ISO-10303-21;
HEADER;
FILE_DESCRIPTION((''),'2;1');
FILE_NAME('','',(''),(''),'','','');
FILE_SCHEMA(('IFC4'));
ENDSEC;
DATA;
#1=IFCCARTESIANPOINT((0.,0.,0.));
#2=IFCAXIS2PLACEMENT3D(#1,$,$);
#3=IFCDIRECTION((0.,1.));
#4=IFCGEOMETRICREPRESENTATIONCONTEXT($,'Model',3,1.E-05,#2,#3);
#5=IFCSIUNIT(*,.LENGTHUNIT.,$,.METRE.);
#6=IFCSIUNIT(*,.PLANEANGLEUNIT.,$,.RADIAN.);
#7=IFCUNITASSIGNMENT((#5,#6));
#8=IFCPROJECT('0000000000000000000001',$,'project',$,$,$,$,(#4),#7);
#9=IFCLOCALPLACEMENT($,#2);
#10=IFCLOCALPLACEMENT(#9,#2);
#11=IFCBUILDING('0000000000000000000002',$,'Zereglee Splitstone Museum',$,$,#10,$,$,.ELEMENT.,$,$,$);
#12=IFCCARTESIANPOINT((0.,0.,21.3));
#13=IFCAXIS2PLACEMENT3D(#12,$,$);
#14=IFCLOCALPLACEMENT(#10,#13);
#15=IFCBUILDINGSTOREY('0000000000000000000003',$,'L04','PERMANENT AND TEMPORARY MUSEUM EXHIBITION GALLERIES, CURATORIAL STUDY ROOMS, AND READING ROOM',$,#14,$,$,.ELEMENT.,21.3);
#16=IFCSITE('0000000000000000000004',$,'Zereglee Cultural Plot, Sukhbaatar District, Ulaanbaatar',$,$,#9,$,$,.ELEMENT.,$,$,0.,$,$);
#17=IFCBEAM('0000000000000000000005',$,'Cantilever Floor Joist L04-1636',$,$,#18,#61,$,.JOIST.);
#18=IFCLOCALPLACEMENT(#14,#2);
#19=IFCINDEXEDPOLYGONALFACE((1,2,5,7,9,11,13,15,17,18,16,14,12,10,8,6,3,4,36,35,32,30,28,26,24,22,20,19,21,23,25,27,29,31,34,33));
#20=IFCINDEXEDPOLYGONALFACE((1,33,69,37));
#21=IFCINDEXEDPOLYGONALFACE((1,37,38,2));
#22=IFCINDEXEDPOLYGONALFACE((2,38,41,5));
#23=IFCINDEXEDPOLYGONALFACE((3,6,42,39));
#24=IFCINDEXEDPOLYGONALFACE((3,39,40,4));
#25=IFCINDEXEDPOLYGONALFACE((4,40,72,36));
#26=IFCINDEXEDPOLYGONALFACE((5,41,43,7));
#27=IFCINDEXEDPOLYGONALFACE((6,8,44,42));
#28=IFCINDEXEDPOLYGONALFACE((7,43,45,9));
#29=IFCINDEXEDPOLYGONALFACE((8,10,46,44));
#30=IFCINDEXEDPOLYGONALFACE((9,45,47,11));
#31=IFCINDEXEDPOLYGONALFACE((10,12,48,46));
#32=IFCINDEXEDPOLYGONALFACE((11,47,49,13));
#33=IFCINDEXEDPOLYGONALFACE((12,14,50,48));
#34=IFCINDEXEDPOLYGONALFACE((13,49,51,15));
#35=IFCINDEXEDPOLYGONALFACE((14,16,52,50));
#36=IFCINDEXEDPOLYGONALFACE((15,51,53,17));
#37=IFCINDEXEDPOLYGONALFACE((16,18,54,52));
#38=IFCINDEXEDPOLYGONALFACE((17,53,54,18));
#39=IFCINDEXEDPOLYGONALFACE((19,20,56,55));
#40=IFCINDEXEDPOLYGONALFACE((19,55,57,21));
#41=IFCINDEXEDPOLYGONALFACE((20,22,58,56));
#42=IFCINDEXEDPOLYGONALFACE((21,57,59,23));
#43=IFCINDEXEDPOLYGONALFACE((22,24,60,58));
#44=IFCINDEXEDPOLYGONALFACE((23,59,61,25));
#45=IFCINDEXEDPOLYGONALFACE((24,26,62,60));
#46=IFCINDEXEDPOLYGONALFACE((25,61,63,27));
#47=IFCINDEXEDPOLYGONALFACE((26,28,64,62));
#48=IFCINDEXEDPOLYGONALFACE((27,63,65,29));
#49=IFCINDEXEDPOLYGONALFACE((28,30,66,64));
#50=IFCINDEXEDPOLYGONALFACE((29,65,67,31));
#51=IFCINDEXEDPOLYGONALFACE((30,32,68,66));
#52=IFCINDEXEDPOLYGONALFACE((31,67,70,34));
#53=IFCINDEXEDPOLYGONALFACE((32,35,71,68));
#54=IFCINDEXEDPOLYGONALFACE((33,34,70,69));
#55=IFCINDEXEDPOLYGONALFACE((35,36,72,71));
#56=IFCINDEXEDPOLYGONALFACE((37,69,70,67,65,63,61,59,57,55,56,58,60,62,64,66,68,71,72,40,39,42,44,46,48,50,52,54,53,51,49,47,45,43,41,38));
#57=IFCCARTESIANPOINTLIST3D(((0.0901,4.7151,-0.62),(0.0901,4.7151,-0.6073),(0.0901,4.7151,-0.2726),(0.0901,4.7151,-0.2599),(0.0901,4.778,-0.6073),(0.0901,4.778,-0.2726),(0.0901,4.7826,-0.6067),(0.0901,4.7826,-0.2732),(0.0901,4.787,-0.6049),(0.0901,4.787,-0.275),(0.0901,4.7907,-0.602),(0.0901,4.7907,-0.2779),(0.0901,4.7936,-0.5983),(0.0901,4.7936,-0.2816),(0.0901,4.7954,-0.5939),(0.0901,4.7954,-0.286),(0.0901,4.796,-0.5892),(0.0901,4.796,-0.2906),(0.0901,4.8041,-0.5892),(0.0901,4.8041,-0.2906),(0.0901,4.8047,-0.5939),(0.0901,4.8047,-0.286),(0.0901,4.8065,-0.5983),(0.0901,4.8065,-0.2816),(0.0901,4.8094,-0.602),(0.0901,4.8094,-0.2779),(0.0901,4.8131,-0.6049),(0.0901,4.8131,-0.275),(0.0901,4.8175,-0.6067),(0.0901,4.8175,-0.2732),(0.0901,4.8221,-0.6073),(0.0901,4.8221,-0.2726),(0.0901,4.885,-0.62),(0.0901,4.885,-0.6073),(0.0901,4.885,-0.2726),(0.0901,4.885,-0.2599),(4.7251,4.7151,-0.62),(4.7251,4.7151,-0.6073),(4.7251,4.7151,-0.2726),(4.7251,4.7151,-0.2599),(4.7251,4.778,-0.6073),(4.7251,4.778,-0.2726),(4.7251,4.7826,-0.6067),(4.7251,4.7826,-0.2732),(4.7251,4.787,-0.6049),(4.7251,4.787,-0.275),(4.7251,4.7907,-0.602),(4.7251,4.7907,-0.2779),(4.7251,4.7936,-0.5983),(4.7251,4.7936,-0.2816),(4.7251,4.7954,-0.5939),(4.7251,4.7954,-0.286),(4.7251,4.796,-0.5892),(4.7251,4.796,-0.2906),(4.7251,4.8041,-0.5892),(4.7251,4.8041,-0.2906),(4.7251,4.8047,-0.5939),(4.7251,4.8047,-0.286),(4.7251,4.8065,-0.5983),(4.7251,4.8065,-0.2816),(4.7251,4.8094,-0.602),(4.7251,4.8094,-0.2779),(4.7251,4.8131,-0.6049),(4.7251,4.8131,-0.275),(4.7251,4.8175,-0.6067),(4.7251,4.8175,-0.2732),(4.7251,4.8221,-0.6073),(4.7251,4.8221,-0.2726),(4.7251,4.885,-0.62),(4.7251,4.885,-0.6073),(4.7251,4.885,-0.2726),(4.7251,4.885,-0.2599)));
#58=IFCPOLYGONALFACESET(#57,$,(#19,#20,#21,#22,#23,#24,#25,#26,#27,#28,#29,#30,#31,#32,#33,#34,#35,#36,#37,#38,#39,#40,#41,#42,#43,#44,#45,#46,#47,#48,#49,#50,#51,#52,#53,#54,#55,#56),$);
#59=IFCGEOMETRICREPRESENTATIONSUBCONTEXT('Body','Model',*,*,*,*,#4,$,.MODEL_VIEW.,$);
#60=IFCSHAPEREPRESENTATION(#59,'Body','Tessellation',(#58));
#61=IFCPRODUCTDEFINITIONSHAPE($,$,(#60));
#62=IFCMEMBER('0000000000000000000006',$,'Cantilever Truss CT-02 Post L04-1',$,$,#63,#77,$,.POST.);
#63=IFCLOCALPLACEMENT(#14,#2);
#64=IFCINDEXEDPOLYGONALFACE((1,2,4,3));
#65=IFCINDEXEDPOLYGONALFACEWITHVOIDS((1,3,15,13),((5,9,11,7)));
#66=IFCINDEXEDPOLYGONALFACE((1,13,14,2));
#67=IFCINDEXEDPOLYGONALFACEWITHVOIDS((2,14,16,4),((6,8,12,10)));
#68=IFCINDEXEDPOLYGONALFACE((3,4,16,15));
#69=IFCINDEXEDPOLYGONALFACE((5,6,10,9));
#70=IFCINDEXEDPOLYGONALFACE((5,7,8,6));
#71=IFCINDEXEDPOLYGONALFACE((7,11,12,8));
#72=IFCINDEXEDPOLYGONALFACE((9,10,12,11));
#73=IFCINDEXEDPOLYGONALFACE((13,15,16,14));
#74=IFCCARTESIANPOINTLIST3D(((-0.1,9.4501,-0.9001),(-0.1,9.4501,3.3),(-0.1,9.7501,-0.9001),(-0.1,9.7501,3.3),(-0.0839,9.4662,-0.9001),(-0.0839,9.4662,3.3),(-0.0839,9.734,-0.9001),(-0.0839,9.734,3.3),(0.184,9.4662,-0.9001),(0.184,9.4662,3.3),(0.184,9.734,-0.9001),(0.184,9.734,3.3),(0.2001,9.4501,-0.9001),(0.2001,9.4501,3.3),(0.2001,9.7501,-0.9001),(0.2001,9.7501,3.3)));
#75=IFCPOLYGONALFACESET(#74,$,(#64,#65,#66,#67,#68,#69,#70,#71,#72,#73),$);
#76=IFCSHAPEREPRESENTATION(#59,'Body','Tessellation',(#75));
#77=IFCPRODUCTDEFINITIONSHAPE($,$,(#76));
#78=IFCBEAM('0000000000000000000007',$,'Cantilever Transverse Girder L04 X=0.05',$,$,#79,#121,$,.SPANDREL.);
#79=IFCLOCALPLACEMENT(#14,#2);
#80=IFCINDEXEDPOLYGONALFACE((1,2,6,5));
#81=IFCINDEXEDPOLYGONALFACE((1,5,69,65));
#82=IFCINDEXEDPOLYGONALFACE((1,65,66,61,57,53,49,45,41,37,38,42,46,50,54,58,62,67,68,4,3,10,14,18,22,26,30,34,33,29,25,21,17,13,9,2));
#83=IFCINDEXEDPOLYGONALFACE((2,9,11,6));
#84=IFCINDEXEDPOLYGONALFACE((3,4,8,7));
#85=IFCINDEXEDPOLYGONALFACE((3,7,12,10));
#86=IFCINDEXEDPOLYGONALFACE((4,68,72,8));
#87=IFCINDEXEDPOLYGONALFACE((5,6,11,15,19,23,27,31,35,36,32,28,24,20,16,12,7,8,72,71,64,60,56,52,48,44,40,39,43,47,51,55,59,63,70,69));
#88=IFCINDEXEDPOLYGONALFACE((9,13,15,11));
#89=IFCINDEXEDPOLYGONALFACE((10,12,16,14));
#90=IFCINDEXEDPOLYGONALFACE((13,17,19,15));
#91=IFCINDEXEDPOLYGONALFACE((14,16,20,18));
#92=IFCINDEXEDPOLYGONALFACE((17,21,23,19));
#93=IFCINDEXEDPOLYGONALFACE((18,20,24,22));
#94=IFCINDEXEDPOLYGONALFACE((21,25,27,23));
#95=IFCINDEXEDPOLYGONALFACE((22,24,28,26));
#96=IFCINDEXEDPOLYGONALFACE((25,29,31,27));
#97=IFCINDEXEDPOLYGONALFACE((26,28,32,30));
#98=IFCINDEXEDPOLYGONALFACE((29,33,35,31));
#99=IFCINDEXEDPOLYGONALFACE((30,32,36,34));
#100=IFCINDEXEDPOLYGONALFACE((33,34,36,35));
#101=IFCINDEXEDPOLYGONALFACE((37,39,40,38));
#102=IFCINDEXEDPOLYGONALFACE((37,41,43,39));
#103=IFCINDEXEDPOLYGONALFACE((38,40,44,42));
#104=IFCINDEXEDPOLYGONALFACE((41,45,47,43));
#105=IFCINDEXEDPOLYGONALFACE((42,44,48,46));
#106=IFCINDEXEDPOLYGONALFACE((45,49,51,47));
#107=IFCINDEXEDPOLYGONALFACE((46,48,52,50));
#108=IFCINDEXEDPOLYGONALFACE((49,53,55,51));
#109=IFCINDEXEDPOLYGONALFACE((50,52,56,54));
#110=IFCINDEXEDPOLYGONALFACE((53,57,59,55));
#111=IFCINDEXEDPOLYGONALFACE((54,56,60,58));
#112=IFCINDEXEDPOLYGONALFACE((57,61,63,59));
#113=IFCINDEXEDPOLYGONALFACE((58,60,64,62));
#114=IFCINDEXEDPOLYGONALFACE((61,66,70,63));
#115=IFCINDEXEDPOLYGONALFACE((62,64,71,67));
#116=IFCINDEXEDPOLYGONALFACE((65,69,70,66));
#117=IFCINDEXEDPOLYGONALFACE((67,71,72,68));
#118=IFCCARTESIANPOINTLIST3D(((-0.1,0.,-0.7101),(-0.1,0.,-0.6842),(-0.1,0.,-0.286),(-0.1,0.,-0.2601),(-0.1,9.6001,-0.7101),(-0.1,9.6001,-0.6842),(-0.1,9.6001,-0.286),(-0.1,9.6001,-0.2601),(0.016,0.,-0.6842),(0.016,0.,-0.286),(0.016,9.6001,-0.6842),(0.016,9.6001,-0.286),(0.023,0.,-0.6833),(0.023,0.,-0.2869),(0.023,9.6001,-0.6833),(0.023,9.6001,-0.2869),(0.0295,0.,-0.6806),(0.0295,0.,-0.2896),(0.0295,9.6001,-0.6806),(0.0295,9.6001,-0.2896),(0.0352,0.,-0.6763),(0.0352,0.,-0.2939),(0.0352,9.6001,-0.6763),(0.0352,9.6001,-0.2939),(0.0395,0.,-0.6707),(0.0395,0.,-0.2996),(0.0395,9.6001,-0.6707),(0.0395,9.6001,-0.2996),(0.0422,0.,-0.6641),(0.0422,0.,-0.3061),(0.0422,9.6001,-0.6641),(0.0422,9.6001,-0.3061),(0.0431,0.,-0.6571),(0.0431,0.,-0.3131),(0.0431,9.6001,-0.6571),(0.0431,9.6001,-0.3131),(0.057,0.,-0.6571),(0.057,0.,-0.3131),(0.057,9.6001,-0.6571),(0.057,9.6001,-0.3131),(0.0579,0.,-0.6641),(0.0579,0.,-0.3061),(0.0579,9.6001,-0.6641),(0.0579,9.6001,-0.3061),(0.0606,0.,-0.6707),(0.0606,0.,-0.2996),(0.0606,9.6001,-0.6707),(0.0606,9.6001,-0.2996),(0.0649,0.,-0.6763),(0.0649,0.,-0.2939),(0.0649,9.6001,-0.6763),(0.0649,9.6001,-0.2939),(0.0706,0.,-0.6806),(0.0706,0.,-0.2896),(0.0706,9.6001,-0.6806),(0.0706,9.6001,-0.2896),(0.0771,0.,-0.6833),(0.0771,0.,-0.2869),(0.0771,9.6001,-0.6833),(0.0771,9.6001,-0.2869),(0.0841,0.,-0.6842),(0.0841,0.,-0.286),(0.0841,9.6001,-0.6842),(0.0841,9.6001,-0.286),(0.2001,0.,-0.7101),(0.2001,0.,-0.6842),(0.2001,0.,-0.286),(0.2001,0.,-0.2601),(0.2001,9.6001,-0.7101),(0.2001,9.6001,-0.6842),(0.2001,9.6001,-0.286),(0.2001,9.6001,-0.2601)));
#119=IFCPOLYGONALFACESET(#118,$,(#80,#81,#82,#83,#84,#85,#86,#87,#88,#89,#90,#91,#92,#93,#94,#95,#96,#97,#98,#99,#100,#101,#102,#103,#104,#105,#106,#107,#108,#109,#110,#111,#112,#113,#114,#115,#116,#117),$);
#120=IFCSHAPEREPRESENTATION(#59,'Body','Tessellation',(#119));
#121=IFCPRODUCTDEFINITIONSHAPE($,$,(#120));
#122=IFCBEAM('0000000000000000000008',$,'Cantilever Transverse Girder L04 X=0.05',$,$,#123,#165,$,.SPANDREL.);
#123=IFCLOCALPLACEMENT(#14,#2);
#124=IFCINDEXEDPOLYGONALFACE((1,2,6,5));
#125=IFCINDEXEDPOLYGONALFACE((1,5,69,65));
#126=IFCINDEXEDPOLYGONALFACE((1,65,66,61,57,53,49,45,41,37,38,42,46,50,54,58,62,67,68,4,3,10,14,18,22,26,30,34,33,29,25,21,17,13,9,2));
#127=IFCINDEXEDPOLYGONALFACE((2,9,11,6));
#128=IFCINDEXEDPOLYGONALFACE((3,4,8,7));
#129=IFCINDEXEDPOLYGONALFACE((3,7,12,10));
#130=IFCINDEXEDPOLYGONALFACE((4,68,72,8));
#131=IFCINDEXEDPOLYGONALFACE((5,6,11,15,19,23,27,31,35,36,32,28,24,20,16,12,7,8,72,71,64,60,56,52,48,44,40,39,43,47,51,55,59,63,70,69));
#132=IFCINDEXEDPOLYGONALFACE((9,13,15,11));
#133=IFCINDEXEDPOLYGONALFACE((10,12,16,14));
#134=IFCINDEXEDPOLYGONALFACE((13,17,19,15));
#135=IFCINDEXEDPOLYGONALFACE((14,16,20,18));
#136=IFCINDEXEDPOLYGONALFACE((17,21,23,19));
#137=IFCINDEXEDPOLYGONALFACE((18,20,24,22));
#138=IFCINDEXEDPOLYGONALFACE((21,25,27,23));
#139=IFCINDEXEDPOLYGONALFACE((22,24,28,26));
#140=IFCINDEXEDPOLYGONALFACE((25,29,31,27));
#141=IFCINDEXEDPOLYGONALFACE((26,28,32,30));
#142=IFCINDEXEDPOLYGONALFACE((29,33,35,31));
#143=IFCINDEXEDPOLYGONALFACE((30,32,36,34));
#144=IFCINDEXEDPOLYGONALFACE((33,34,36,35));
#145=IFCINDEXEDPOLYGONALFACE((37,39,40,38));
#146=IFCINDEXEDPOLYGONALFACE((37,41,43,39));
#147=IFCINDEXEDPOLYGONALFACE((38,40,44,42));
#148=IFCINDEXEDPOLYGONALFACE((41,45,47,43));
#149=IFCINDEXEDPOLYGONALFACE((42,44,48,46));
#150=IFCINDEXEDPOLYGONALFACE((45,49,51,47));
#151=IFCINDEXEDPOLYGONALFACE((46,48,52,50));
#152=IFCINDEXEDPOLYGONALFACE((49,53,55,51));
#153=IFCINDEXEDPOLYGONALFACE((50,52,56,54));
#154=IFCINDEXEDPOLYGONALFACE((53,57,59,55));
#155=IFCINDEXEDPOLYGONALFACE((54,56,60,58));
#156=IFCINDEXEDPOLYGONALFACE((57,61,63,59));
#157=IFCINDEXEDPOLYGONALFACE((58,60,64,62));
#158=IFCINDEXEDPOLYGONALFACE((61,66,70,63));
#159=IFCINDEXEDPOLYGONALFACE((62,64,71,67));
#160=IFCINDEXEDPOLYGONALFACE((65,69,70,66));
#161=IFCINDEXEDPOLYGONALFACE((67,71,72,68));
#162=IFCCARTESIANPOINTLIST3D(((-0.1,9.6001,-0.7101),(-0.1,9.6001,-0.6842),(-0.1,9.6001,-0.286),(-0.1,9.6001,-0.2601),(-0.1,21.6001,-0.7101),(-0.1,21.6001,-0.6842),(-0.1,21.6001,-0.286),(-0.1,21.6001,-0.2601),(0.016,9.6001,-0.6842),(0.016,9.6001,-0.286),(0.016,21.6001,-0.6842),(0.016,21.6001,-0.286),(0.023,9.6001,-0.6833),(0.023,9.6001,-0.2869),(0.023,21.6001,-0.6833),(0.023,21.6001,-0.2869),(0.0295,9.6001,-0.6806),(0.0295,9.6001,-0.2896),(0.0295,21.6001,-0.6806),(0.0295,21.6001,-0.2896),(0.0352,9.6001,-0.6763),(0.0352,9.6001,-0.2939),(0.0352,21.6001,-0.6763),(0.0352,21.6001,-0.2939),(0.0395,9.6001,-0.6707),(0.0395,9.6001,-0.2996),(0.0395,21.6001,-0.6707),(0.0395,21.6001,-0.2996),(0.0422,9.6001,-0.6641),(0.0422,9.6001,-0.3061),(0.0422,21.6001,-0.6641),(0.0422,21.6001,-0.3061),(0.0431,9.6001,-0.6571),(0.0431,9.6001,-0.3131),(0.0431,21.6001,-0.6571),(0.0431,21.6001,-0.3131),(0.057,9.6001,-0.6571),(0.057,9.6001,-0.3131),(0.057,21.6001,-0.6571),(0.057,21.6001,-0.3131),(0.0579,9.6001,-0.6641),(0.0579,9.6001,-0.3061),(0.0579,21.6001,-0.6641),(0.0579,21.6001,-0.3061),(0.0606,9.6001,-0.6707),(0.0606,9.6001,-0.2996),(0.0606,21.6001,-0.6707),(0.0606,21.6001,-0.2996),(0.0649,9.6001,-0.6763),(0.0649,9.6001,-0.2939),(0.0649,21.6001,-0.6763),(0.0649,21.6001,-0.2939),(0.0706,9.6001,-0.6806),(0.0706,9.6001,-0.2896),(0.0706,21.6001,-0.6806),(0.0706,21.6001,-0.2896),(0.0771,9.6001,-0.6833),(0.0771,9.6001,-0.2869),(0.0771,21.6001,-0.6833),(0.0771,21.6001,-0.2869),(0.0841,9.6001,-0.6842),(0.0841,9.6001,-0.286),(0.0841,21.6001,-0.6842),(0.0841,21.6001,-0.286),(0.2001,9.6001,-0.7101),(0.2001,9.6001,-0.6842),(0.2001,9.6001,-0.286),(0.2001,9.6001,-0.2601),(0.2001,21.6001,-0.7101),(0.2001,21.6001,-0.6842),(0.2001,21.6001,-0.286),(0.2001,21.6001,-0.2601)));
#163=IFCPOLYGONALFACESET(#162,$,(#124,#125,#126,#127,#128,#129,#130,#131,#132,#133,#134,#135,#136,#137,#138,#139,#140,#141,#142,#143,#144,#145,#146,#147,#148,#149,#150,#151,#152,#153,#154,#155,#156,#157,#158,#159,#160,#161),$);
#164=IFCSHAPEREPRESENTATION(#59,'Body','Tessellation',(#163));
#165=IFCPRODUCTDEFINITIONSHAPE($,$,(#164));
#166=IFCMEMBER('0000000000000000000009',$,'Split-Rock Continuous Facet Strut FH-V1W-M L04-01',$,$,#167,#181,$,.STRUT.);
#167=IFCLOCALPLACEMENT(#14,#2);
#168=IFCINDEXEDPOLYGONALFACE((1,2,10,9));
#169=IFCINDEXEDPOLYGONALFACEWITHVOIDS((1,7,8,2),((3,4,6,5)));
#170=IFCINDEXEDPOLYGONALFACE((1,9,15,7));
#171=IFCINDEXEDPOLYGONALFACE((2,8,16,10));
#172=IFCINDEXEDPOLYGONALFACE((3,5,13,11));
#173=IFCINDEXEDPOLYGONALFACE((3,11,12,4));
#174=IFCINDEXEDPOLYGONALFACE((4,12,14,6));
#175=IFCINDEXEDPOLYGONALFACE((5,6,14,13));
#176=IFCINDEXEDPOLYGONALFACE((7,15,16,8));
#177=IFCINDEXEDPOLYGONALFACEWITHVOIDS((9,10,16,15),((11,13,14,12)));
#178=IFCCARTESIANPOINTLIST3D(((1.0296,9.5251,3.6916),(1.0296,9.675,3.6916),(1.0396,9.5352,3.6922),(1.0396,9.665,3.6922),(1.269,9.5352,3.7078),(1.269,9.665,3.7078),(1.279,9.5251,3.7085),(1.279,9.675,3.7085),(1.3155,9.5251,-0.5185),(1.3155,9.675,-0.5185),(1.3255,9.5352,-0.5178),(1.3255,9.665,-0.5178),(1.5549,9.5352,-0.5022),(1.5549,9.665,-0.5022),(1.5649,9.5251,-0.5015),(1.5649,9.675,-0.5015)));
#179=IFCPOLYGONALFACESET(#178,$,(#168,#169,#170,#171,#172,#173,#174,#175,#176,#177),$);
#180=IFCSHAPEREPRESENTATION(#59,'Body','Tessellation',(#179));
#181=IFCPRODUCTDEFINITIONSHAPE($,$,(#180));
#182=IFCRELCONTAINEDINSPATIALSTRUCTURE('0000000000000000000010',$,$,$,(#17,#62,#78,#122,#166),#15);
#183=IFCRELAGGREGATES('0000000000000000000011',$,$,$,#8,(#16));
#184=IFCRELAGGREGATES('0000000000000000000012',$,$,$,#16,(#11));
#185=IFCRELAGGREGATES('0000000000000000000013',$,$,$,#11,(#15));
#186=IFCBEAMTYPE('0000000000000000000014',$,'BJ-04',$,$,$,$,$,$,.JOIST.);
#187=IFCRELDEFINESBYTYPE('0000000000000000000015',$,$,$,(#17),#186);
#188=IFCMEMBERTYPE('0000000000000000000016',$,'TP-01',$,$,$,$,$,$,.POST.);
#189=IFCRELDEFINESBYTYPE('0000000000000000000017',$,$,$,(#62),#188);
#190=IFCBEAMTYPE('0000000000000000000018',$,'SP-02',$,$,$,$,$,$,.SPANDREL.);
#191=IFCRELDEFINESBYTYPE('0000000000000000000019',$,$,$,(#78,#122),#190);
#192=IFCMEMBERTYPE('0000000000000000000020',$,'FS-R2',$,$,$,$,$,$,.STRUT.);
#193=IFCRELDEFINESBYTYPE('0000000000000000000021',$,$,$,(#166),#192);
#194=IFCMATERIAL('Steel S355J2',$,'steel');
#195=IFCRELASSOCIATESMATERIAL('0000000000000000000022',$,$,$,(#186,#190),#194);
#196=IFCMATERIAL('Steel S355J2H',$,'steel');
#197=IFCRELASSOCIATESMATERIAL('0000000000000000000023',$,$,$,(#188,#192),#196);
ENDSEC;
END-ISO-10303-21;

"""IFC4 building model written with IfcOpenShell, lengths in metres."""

from ifc_helpers import new_model, si_unit, direction, frame, origin, origin_2d, place, context, subcontext, project, spatial, hollow_rectangle, i_section, extrude, material, material_profile, profile_set, type_object, element, save


model = new_model("IFC4")

# Units and contexts
model_context = context("Model", 3, precision=1e-05, world=origin(), true_north=direction((0.0, 1.0)))
body_context = subcontext(model_context, "Body", "Model", "MODEL_VIEW")
ifc_project = project(units=[si_unit("LENGTHUNIT", "METRE"), si_unit("PLANEANGLEUNIT", "RADIAN")], contexts=[model_context])

# Site, building, storey
site_placement = place(None, origin())
site = spatial("IfcSite", under=ifc_project, at=site_placement, Name="Zereglee Cultural Plot, Sukhbaatar District, Ulaanbaatar", CompositionType="ELEMENT", RefElevation=0.0)
building_placement = place(site_placement, origin())
building = spatial("IfcBuilding", under=site, at=building_placement, Name="Zereglee Splitstone Museum", CompositionType="ELEMENT")
storey_placement = place(building_placement, frame((0.0, 0.0, 21.3)))
storey = spatial("IfcBuildingStorey", under=building, at=storey_placement, Name="L04", Description="PERMANENT AND TEMPORARY MUSEUM EXHIBITION GALLERIES, CURATORIAL STUDY ROOMS, AND READING ROOM", CompositionType="ELEMENT", Elevation=21.3)

# Shared definitions
ifc_material_1 = material(Name="Steel S355J2H", Category="steel")

# Beam
ifc_material_2 = material(Name="Steel S355J2", Category="steel")
ifc_material_profile_1 = material_profile(ifc_material_2, i_section(OverallWidth=0.1699, OverallDepth=0.3601, WebThickness=0.0081, FlangeThickness=0.0127, FilletRadius=0.0181, at=origin_2d()), Name="IPE 360")
ifc_profile_set_1 = profile_set([ifc_material_profile_1], Name="Steel S355J2")
beam_type_1 = type_object("IfcBeamType", Name="BJ-04", PredefinedType="JOIST", material=ifc_profile_set_1)
beam_1_placement = place(storey_placement, frame((0.0901, 4.8, -0.4399), z_axis=(1.0, 0.0, 0.0), x_axis=(0.0, 1.0, 0.0)))
element("IfcBeam", 1, at=beam_1_placement, inside=storey, type_object=beam_type_1, Name="Cantilever Floor Joist L04-1636", PredefinedType="JOIST", context=body_context, shape_type="SweptSolid", body=[
    extrude(i_section(OverallWidth=0.1699, OverallDepth=0.3601, WebThickness=0.0081, FlangeThickness=0.0127, FilletRadius=0.0181, at=origin_2d()), origin(), (0.0, 0.0, 1.0), 4.635),
])

# Member
ifc_material_profile_2 = material_profile(ifc_material_1, hollow_rectangle(XDim=0.3, YDim=0.3, WallThickness=0.0161, at=origin_2d()), Name="SHS 300x300x16")
ifc_profile_set_2 = profile_set([ifc_material_profile_2], Name="Steel S355J2H")
member_type_1 = type_object("IfcMemberType", Name="TP-01", PredefinedType="POST", material=ifc_profile_set_2)
member_1_placement = place(storey_placement, frame((0.05, 9.6001, -0.9001), z_axis=(0.0, 0.0, 1.0), x_axis=(1.0, 0.0, 0.0)))
element("IfcMember", 2, at=member_1_placement, inside=storey, type_object=member_type_1, Name="Cantilever Truss CT-02 Post L04-1", PredefinedType="POST", context=body_context, shape_type="SweptSolid", body=[
    extrude(hollow_rectangle(XDim=0.3, YDim=0.3, WallThickness=0.0161, at=origin_2d()), origin(), (0.0, 0.0, 1.0), 4.2002),
])

# Beams
ifc_material_profile_3 = material_profile(ifc_material_2, i_section(OverallWidth=0.3, OverallDepth=0.45, WebThickness=0.0139, FlangeThickness=0.0259, FilletRadius=0.0271, at=origin_2d()), Name="HE 450 B")
ifc_profile_set_3 = profile_set([ifc_material_profile_3], Name="Steel S355J2")
beam_type_2 = type_object("IfcBeamType", Name="SP-02", PredefinedType="SPANDREL", material=ifc_profile_set_3)
beam_2_placement = place(storey_placement, frame((0.05, 0.0, -0.4851), z_axis=(0.0, 1.0, 0.0), x_axis=(-1.0, 0.0, 0.0)))
element("IfcBeam", 3, at=beam_2_placement, inside=storey, type_object=beam_type_2, Name="Cantilever Transverse Girder L04 X=0.05", PredefinedType="SPANDREL", context=body_context, shape_type="SweptSolid", body=[
    extrude(i_section(OverallWidth=0.3, OverallDepth=0.45, WebThickness=0.0139, FlangeThickness=0.0259, FilletRadius=0.0271, at=origin_2d()), origin(), (0.0, 0.0, 1.0), 9.6001),
])
beam_3_placement = place(storey_placement, frame((0.05, 9.6001, -0.4851), z_axis=(0.0, 1.0, 0.0), x_axis=(-1.0, 0.0, 0.0)))
element("IfcBeam", 4, at=beam_3_placement, inside=storey, type_object=beam_type_2, Name="Cantilever Transverse Girder L04 X=0.05", PredefinedType="SPANDREL", context=body_context, shape_type="SweptSolid", body=[
    extrude(i_section(OverallWidth=0.3, OverallDepth=0.45, WebThickness=0.0139, FlangeThickness=0.0259, FilletRadius=0.0271, at=origin_2d()), origin(), (0.0, 0.0, 1.0), 12.0),
])

# Member
ifc_material_profile_4 = material_profile(ifc_material_1, hollow_rectangle(XDim=0.1499, YDim=0.25, WallThickness=0.01, at=origin_2d()), Name="RHS 250x150x10")
ifc_profile_set_4 = profile_set([ifc_material_profile_4], Name="Steel S355J2H")
member_type_2 = type_object("IfcMemberType", Name="FS-R2", PredefinedType="STRUT", material=ifc_profile_set_4)
member_2_placement = place(storey_placement, frame((1.4402, 9.6001, -0.51), z_axis=(-0.067752, 0.0, 0.997702), x_axis=(0.0, -1.0, 0.0)))
element("IfcMember", 5, at=member_2_placement, inside=storey, type_object=member_type_2, Name="Split-Rock Continuous Facet Strut FH-V1W-M L04-01", PredefinedType="STRUT", context=body_context, shape_type="SweptSolid", body=[
    extrude(hollow_rectangle(XDim=0.1499, YDim=0.25, WallThickness=0.01, at=origin_2d()), origin(), (0.0, 0.0, 1.0), 4.2197),
])

save(model, "model.ifc")
